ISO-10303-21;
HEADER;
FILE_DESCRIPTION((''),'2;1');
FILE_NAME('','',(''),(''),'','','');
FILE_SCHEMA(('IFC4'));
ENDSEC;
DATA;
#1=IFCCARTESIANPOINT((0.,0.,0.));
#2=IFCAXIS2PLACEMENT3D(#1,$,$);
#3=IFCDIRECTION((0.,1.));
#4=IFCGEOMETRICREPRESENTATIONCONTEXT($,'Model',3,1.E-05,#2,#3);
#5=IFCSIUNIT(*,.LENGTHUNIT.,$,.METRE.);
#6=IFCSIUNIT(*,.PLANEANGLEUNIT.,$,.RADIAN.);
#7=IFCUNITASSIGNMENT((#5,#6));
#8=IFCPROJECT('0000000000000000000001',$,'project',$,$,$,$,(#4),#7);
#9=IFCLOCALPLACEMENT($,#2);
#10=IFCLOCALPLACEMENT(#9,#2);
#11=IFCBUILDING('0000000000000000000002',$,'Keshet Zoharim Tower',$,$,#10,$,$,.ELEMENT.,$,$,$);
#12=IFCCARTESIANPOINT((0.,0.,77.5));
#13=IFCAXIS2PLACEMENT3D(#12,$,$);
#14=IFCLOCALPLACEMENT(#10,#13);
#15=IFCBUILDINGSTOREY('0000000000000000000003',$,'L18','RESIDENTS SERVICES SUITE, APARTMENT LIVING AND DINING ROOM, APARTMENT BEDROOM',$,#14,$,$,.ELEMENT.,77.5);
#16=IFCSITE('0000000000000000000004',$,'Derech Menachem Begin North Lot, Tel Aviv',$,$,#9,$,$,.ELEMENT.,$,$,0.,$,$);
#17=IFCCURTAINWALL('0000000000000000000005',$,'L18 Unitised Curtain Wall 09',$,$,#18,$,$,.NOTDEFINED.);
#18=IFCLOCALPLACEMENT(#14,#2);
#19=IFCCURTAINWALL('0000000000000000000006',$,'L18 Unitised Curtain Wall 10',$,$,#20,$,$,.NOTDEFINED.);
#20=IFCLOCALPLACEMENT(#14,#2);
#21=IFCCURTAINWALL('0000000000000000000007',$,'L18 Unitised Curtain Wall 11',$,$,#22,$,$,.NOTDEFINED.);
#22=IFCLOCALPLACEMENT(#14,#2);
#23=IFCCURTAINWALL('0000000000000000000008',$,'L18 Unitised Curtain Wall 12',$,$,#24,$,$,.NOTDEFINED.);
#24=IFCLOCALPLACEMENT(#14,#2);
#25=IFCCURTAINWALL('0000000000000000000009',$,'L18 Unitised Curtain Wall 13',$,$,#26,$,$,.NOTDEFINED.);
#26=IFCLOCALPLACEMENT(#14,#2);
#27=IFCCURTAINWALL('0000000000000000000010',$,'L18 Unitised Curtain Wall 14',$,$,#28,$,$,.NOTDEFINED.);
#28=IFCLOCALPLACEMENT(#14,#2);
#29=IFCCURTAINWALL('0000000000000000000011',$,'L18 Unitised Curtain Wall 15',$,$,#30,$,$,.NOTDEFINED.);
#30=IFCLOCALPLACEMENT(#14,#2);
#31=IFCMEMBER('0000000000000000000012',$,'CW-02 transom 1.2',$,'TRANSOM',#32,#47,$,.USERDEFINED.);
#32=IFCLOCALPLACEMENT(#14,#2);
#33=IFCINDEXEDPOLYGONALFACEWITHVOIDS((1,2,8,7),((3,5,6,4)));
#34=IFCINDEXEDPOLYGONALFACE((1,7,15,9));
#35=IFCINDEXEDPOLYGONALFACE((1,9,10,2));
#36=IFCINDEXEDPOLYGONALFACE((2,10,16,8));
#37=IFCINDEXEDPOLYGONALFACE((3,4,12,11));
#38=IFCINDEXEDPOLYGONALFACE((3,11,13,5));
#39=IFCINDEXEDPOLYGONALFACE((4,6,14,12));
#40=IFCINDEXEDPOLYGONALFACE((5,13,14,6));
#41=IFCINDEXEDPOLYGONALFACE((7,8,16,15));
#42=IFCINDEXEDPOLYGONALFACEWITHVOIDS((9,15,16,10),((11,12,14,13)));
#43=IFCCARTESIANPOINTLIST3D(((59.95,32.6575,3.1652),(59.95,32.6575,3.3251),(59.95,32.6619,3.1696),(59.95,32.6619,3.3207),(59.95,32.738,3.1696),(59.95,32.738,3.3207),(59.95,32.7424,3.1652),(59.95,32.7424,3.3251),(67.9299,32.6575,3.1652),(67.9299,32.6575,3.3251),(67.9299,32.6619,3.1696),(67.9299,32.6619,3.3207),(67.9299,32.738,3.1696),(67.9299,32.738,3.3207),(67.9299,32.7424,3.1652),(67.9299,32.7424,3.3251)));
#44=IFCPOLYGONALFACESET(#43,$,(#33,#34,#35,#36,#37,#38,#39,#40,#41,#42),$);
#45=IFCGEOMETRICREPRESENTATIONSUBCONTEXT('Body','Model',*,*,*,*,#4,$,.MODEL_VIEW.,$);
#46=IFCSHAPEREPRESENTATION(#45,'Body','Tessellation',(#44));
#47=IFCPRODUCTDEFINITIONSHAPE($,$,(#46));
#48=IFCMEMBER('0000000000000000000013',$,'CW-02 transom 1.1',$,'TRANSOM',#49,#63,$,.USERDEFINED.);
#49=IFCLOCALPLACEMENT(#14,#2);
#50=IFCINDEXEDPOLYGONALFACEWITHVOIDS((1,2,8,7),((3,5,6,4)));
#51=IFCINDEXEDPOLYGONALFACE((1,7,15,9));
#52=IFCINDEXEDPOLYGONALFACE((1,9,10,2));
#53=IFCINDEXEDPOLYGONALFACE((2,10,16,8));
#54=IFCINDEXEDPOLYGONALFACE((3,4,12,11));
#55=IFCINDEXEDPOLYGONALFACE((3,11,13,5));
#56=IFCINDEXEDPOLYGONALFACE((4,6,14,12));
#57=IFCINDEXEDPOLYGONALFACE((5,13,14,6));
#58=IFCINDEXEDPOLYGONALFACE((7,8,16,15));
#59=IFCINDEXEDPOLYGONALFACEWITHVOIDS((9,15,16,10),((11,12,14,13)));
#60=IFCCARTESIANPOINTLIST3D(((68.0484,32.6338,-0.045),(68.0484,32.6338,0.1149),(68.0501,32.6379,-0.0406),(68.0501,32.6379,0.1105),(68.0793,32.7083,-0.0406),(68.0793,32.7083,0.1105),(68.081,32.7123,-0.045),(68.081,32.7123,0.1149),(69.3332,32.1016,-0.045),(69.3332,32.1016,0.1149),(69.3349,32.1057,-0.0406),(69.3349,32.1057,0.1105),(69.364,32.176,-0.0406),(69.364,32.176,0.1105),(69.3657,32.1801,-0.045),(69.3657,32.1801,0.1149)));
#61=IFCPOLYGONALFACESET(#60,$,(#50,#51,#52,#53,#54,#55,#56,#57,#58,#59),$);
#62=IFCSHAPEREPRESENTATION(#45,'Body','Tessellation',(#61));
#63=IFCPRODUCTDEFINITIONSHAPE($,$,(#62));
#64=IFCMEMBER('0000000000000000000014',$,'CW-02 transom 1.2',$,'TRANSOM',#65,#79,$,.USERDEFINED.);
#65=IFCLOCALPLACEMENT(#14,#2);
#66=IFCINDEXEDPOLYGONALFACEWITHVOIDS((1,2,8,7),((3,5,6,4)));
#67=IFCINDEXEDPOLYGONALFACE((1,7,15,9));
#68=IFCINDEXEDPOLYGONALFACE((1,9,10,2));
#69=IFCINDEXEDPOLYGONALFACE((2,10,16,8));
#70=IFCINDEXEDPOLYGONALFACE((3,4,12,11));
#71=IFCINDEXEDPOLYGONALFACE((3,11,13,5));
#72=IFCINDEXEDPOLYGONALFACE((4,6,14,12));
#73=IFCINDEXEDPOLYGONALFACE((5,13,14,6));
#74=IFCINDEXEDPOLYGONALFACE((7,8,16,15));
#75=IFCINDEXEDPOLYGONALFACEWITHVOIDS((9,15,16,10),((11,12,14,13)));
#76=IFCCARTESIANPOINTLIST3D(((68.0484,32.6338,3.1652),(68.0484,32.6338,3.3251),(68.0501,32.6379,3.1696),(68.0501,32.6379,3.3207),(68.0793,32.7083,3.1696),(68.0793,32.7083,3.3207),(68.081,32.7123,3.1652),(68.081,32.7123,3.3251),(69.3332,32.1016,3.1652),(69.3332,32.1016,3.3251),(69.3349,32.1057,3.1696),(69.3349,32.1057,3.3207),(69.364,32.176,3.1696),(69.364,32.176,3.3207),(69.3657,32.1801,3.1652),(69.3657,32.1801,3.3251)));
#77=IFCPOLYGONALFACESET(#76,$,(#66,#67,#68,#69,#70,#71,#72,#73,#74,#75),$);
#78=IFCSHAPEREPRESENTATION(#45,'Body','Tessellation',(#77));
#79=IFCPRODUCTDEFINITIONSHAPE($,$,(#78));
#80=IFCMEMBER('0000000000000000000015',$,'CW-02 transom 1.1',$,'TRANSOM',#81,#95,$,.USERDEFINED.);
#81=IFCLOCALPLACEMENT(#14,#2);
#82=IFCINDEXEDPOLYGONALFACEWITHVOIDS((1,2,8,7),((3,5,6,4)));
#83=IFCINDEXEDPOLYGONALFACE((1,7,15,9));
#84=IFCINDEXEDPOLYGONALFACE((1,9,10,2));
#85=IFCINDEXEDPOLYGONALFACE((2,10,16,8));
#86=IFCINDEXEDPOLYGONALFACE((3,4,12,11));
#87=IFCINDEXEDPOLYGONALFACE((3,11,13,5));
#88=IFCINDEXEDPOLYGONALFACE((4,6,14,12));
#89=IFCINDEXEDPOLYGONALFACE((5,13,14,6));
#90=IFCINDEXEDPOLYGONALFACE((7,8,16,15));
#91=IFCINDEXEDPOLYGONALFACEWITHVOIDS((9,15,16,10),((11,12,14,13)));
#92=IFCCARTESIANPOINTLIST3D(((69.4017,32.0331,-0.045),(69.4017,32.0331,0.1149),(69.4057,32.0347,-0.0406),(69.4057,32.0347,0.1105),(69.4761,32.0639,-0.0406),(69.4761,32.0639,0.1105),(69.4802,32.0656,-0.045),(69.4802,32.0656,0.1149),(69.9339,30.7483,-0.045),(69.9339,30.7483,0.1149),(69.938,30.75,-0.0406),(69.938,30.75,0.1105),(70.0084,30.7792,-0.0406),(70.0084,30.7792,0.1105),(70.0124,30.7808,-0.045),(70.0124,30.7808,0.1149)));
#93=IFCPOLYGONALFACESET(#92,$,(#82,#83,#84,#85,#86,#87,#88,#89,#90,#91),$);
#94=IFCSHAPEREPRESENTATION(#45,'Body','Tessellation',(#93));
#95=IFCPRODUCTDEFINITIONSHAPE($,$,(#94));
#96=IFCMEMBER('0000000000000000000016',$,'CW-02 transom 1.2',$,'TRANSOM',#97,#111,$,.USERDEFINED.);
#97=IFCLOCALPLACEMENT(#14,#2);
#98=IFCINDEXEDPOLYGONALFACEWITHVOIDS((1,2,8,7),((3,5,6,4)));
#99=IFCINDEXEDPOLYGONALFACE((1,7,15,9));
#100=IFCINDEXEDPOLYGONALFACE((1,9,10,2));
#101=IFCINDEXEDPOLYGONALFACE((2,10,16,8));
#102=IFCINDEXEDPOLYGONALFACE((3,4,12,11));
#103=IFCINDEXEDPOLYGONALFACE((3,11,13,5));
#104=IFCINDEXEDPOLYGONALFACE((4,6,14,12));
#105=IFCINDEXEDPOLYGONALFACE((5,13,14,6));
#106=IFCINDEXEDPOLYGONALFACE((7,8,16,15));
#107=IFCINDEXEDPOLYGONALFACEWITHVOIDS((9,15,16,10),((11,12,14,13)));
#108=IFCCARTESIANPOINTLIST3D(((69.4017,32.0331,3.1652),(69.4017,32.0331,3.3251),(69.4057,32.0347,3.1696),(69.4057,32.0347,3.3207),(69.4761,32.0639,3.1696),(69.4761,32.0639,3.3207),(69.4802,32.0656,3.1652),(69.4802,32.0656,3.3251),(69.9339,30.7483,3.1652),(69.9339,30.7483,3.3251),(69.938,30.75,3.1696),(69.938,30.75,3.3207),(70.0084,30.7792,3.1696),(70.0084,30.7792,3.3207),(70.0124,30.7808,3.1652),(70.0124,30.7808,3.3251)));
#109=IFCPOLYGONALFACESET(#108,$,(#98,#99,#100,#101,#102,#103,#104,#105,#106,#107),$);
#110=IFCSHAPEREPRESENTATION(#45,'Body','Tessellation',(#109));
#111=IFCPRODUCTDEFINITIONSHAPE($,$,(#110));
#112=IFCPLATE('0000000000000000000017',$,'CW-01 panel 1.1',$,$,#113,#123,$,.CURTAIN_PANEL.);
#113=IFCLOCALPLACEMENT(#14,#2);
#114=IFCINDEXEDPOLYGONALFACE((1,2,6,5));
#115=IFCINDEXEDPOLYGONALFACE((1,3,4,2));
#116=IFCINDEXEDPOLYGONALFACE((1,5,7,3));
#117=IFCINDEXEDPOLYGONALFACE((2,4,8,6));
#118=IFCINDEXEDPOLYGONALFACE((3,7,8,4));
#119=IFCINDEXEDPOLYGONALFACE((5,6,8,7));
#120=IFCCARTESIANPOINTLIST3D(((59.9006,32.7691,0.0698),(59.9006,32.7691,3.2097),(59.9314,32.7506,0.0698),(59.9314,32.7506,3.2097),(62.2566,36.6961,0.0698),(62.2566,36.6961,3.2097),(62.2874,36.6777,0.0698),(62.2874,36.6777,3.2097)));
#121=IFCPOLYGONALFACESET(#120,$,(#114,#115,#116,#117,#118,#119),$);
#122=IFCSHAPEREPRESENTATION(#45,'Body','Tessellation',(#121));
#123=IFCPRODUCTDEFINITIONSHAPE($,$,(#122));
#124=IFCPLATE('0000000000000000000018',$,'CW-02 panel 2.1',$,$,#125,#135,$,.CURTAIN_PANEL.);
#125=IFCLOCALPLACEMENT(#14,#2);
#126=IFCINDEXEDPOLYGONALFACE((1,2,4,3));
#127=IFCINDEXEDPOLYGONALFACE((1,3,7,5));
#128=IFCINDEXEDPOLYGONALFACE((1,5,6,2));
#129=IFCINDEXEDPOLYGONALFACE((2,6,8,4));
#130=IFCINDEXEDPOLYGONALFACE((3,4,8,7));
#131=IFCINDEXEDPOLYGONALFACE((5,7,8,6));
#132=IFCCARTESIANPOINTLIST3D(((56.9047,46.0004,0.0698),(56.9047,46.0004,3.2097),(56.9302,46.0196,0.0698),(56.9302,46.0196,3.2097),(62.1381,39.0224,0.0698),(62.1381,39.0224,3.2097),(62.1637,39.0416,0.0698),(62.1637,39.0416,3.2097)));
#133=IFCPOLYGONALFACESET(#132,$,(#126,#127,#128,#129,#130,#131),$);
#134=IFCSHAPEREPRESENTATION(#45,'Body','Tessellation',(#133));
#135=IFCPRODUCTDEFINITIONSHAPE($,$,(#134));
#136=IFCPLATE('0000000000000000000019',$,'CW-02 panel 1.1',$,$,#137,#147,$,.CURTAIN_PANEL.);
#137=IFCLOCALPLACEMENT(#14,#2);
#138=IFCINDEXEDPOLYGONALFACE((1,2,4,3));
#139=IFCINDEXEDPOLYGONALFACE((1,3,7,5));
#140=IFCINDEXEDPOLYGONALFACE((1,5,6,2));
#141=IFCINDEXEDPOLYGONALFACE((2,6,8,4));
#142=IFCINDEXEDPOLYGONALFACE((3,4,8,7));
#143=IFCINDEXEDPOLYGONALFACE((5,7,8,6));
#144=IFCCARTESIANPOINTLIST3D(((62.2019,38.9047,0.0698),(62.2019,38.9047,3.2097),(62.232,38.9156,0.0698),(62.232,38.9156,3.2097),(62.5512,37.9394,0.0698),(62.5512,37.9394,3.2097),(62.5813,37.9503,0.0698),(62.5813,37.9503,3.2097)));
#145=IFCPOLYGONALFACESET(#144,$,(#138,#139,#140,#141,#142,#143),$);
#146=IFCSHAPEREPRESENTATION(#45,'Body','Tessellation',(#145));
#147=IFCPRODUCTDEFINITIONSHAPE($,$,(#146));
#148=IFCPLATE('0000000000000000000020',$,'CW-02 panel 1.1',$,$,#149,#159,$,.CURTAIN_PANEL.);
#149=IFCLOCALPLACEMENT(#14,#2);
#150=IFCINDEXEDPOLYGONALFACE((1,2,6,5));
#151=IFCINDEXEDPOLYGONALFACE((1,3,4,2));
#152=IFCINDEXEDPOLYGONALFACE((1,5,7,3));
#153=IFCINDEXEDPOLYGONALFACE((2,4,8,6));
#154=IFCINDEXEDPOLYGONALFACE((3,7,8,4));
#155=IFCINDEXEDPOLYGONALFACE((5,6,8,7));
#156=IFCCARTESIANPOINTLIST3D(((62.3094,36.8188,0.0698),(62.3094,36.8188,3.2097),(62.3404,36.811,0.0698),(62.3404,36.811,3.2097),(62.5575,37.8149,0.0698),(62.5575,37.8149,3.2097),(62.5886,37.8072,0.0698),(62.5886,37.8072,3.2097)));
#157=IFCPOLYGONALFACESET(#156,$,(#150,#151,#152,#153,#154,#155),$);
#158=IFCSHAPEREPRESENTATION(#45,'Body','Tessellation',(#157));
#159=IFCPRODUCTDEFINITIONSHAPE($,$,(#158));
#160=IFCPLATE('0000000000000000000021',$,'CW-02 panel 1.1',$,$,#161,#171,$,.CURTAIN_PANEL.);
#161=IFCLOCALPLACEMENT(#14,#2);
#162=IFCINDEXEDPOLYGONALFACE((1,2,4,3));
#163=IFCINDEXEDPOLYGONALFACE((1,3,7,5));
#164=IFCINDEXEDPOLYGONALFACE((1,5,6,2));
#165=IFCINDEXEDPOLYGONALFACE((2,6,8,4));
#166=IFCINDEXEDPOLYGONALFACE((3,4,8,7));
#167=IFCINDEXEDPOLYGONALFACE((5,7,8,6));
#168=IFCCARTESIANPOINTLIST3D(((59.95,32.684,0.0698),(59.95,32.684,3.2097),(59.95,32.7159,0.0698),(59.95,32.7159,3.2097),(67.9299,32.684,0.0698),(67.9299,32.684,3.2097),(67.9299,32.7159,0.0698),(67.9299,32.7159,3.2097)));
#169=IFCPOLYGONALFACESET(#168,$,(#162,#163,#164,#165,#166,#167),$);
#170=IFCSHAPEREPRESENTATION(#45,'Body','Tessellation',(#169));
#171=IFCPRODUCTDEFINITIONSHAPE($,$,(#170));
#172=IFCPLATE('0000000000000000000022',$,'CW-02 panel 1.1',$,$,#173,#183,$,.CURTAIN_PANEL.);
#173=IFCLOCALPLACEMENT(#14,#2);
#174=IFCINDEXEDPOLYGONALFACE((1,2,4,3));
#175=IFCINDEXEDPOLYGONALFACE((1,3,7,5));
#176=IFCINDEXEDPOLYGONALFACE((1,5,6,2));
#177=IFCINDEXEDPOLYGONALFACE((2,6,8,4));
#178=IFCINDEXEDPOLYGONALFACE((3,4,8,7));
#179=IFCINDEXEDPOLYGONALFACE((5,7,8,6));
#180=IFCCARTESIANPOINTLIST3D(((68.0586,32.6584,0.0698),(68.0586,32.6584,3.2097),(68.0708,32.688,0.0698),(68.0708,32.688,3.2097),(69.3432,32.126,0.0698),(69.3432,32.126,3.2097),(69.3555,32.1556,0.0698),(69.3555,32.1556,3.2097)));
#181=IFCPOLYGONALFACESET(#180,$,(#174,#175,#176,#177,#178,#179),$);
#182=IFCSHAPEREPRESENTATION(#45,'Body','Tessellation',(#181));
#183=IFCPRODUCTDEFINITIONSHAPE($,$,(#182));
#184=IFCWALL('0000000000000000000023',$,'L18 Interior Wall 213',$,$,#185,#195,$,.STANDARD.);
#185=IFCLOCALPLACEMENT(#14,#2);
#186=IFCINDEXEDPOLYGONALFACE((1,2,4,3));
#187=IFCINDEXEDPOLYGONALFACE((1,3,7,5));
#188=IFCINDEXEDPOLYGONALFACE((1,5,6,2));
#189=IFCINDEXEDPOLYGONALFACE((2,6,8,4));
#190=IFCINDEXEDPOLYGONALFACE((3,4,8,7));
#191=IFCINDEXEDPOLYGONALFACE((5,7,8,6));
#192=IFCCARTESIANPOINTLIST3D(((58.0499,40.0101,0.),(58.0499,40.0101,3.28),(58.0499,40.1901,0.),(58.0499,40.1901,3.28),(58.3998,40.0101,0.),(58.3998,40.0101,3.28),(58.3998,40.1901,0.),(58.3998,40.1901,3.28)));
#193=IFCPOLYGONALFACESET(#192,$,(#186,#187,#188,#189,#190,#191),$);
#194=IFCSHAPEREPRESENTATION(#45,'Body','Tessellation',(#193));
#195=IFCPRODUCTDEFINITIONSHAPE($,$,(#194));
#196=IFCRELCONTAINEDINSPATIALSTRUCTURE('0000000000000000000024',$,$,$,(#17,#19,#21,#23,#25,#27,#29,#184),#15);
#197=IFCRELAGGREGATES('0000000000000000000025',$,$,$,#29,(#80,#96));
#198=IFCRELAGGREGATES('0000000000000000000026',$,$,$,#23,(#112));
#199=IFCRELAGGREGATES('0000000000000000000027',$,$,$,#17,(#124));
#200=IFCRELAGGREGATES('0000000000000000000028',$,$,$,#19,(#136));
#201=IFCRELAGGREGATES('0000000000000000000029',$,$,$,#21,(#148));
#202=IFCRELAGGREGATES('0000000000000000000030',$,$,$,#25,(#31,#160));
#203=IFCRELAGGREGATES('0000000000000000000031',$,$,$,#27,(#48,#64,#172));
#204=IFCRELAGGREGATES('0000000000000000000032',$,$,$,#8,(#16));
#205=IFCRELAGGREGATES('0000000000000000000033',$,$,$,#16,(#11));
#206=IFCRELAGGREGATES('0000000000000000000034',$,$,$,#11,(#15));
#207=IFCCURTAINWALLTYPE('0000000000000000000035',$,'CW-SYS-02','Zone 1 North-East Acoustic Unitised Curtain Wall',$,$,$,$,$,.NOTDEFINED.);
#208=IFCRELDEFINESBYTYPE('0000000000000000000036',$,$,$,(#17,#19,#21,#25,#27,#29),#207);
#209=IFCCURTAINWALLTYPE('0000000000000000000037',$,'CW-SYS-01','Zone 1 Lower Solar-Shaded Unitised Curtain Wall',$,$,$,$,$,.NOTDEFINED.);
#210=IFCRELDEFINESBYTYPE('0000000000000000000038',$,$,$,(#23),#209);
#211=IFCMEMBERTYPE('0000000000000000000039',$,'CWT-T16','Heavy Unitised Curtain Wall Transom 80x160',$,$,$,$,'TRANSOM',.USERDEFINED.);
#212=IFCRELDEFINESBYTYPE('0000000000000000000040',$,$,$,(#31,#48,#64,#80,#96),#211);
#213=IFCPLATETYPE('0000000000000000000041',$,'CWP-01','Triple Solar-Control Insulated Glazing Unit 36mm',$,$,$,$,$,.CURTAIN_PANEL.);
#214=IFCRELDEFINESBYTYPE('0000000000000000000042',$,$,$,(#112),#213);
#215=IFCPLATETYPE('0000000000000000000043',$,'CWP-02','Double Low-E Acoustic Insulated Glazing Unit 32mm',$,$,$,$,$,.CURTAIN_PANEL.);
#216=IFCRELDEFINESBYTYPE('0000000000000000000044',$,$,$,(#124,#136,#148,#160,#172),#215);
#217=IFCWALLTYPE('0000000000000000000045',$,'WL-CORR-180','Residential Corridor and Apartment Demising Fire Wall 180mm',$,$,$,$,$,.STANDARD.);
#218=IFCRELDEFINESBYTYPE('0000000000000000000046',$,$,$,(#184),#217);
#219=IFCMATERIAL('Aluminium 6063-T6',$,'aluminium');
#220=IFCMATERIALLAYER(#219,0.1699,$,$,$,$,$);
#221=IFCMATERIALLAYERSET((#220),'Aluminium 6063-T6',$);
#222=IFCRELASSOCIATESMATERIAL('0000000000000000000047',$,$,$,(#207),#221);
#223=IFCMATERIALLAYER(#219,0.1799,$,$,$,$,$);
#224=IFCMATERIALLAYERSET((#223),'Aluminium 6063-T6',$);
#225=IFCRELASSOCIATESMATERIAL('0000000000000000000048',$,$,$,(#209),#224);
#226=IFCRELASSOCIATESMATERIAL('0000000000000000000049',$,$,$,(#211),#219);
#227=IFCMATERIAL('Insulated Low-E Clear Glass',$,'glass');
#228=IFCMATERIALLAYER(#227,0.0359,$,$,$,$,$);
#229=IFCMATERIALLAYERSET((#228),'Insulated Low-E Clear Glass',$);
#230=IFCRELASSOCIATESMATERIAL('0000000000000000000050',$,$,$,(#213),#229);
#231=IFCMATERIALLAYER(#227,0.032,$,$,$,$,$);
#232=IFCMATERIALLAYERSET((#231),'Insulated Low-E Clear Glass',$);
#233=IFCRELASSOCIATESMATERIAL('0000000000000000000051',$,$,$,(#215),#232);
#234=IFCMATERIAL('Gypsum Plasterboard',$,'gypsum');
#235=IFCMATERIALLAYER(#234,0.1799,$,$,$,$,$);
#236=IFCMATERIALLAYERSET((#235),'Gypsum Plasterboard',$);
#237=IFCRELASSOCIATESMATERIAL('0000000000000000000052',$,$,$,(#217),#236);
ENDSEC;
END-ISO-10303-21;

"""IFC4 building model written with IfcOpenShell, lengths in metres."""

from ifc_helpers import new_model, si_unit, direction, frame, frame_2d, origin, origin_2d, place, context, subcontext, project, spatial, rectangle, hollow_rectangle, extrude, material, layer, layer_set, material_profile, profile_set, type_object, element, aggregate, save


model = new_model("IFC4")

# Units and contexts
model_context = context("Model", 3, precision=1e-05, world=origin(), true_north=direction((0.0, 1.0)))
body_context = subcontext(model_context, "Body", "Model", "MODEL_VIEW")
ifc_project = project(units=[si_unit("LENGTHUNIT", "METRE"), si_unit("PLANEANGLEUNIT", "RADIAN")], contexts=[model_context])

# Site, building, storey
site_placement = place(None, origin())
site = spatial("IfcSite", under=ifc_project, at=site_placement, Name="Derech Menachem Begin North Lot, Tel Aviv", CompositionType="ELEMENT", RefElevation=0.0)
building_placement = place(site_placement, origin())
building = spatial("IfcBuilding", under=site, at=building_placement, Name="Keshet Zoharim Tower", CompositionType="ELEMENT")
storey_placement = place(building_placement, frame((0.0, 0.0, 77.5)))
storey = spatial("IfcBuildingStorey", under=building, at=storey_placement, Name="L18", Description="RESIDENTS SERVICES SUITE, APARTMENT LIVING AND DINING ROOM, APARTMENT BEDROOM", CompositionType="ELEMENT", Elevation=77.5)

# Curtain wall
ifc_material_1 = material(Name="Aluminium 6063-T6", Category="aluminium")
ifc_layer_1 = layer(ifc_material_1, 0.1699)
ifc_layer_set_1 = layer_set([ifc_layer_1], Name="Aluminium 6063-T6")
curtain_wall_type_1 = type_object("IfcCurtainWallType", Name="CW-SYS-02", Description="Zone 1 North-East Acoustic Unitised Curtain Wall", PredefinedType="NOTDEFINED", material=ifc_layer_set_1)
curtain_wall_1_placement = place(storey_placement, origin())
curtain_wall_1 = element("IfcCurtainWall", 1, at=curtain_wall_1_placement, inside=storey, type_object=curtain_wall_type_1, Name="L18 Unitised Curtain Wall 09", PredefinedType="NOTDEFINED")

# Curtain walls
curtain_wall_2_placement = place(storey_placement, origin())
curtain_wall_2 = element("IfcCurtainWall", 2, at=curtain_wall_2_placement, inside=storey, type_object=curtain_wall_type_1, Name="L18 Unitised Curtain Wall 10", PredefinedType="NOTDEFINED")
curtain_wall_3_placement = place(storey_placement, origin())
curtain_wall_3 = element("IfcCurtainWall", 3, at=curtain_wall_3_placement, inside=storey, type_object=curtain_wall_type_1, Name="L18 Unitised Curtain Wall 11", PredefinedType="NOTDEFINED")
ifc_layer_2 = layer(ifc_material_1, 0.1799)
ifc_layer_set_2 = layer_set([ifc_layer_2], Name="Aluminium 6063-T6")
curtain_wall_type_2 = type_object("IfcCurtainWallType", Name="CW-SYS-01", Description="Zone 1 Lower Solar-Shaded Unitised Curtain Wall", PredefinedType="NOTDEFINED", material=ifc_layer_set_2)
curtain_wall_4_placement = place(storey_placement, origin())
curtain_wall_4 = element("IfcCurtainWall", 4, at=curtain_wall_4_placement, inside=storey, type_object=curtain_wall_type_2, Name="L18 Unitised Curtain Wall 12", PredefinedType="NOTDEFINED")
curtain_wall_5_placement = place(storey_placement, origin())
curtain_wall_5 = element("IfcCurtainWall", 5, at=curtain_wall_5_placement, inside=storey, type_object=curtain_wall_type_1, Name="L18 Unitised Curtain Wall 13", PredefinedType="NOTDEFINED")
curtain_wall_6_placement = place(storey_placement, origin())
curtain_wall_6 = element("IfcCurtainWall", 6, at=curtain_wall_6_placement, inside=storey, type_object=curtain_wall_type_1, Name="L18 Unitised Curtain Wall 14", PredefinedType="NOTDEFINED")

# Curtain wall
curtain_wall_7_placement = place(storey_placement, origin())
curtain_wall_7 = element("IfcCurtainWall", 7, at=curtain_wall_7_placement, inside=storey, type_object=curtain_wall_type_1, Name="L18 Unitised Curtain Wall 15", PredefinedType="NOTDEFINED")

# Members
ifc_material_profile_1 = material_profile(ifc_material_1, hollow_rectangle(XDim=0.085, YDim=0.1599, WallThickness=0.0044, at=origin_2d()), Name="TRN-85x160")
ifc_profile_set_1 = profile_set([ifc_material_profile_1], Name="Aluminium 6063-T6")
member_type_1 = type_object("IfcMemberType", Name="CWT-T16", Description="Heavy Unitised Curtain Wall Transom 80x160", ElementType="TRANSOM", PredefinedType="USERDEFINED", material=ifc_profile_set_1)
member_1_placement = place(storey_placement, frame((59.95, 32.7, 3.2451), z_axis=(1.0, 0.0, 0.0), x_axis=(0.0, 1.0, 0.0)))
member_1 = element("IfcMember", 8, at=member_1_placement, type_object=member_type_1, Name="CW-02 transom 1.2", ObjectType="TRANSOM", PredefinedType="USERDEFINED", context=body_context, shape_type="SweptSolid", body=[
    extrude(hollow_rectangle(XDim=0.085, YDim=0.1599, WallThickness=0.0044, at=origin_2d()), origin(), (0.0, 0.0, 1.0), 7.98),
])
member_2_placement = place(storey_placement, frame((68.0647, 32.6731, 0.0349), z_axis=(0.923854, -0.382745, 0.0), x_axis=(0.382745, 0.923854, 0.0)))
member_2 = element("IfcMember", 9, at=member_2_placement, type_object=member_type_1, Name="CW-02 transom 1.1", ObjectType="TRANSOM", PredefinedType="USERDEFINED", context=body_context, shape_type="SweptSolid", body=[
    extrude(hollow_rectangle(XDim=0.085, YDim=0.1599, WallThickness=0.0044, at=origin_2d()), origin(), (0.0, 0.0, 1.0), 1.3906),
])
member_3_placement = place(storey_placement, frame((68.0647, 32.6731, 3.2451), z_axis=(0.923854, -0.382745, 0.0), x_axis=(0.382745, 0.923854, 0.0)))
member_3 = element("IfcMember", 10, at=member_3_placement, type_object=member_type_1, Name="CW-02 transom 1.2", ObjectType="TRANSOM", PredefinedType="USERDEFINED", context=body_context, shape_type="SweptSolid", body=[
    extrude(hollow_rectangle(XDim=0.085, YDim=0.1599, WallThickness=0.0044, at=origin_2d()), origin(), (0.0, 0.0, 1.0), 1.3906),
])
member_4_placement = place(storey_placement, frame((69.4409, 32.0493, 0.0349), z_axis=(0.382745, -0.923854, 0.0), x_axis=(0.923854, 0.382745, 0.0)))
member_4 = element("IfcMember", 11, at=member_4_placement, type_object=member_type_1, Name="CW-02 transom 1.1", ObjectType="TRANSOM", PredefinedType="USERDEFINED", context=body_context, shape_type="SweptSolid", body=[
    extrude(hollow_rectangle(XDim=0.085, YDim=0.1599, WallThickness=0.0044, at=origin_2d()), origin(), (0.0, 0.0, 1.0), 1.3906),
])
member_5_placement = place(storey_placement, frame((69.4409, 32.0493, 3.2451), z_axis=(0.382745, -0.923854, 0.0), x_axis=(0.923854, 0.382745, 0.0)))
member_5 = element("IfcMember", 12, at=member_5_placement, type_object=member_type_1, Name="CW-02 transom 1.2", ObjectType="TRANSOM", PredefinedType="USERDEFINED", context=body_context, shape_type="SweptSolid", body=[
    extrude(hollow_rectangle(XDim=0.085, YDim=0.1599, WallThickness=0.0044, at=origin_2d()), origin(), (0.0, 0.0, 1.0), 1.3906),
])
aggregate(curtain_wall_7, [member_4, member_5])

# Plates
ifc_material_2 = material(Name="Insulated Low-E Clear Glass", Category="glass")
ifc_layer_3 = layer(ifc_material_2, 0.0359)
ifc_layer_set_3 = layer_set([ifc_layer_3], Name="Insulated Low-E Clear Glass")
plate_type_1 = type_object("IfcPlateType", Name="CWP-01", Description="Triple Solar-Control Insulated Glazing Unit 36mm", PredefinedType="CURTAIN_PANEL", material=ifc_layer_set_3)
plate_1_placement = place(storey_placement, frame((61.094, 34.7234, 0.0698), z_axis=(0.0, 0.0, 1.0), x_axis=(-0.514465, -0.857512, 0.0)))
plate_1 = element("IfcPlate", 13, at=plate_1_placement, type_object=plate_type_1, Name="CW-01 panel 1.1", PredefinedType="CURTAIN_PANEL", context=body_context, shape_type="SweptSolid", body=[
    extrude(rectangle(XDim=4.5796, YDim=0.0359, at=origin_2d()), origin(), (0.0, 0.0, 1.0), 3.1399),
])
aggregate(curtain_wall_4, [plate_1])
ifc_layer_4 = layer(ifc_material_2, 0.032)
ifc_layer_set_4 = layer_set([ifc_layer_4], Name="Insulated Low-E Clear Glass")
plate_type_2 = type_object("IfcPlateType", Name="CWP-02", Description="Double Low-E Acoustic Insulated Glazing Unit 32mm", PredefinedType="CURTAIN_PANEL", material=ifc_layer_set_4)
plate_2_placement = place(storey_placement, frame((59.5342, 42.521, 0.0698), z_axis=(0.0, 0.0, 1.0), x_axis=(0.6, -0.8, 0.0)))
plate_2 = element("IfcPlate", 14, at=plate_2_placement, type_object=plate_type_2, Name="CW-02 panel 2.1", PredefinedType="CURTAIN_PANEL", context=body_context, shape_type="SweptSolid", body=[
    extrude(rectangle(XDim=8.7224, YDim=0.032, at=origin_2d()), origin(), (0.0, 0.0, 1.0), 3.1399),
])
aggregate(curtain_wall_1, [plate_2])
plate_3_placement = place(storey_placement, frame((62.3916, 38.4275, 0.0698), z_axis=(0.0, 0.0, 1.0), x_axis=(0.340297, -0.940318, 0.0)))
plate_3 = element("IfcPlate", 15, at=plate_3_placement, type_object=plate_type_2, Name="CW-02 panel 1.1", PredefinedType="CURTAIN_PANEL", context=body_context, shape_type="SweptSolid", body=[
    extrude(rectangle(XDim=1.0266, YDim=0.032, at=origin_2d()), origin(), (0.0, 0.0, 1.0), 3.1399),
])
aggregate(curtain_wall_2, [plate_3])
plate_4_placement = place(storey_placement, frame((62.449, 37.313, 0.0698), z_axis=(0.0, 0.0, 1.0), x_axis=(-0.241729, -0.970344, 0.0)))
plate_4 = element("IfcPlate", 16, at=plate_4_placement, type_object=plate_type_2, Name="CW-02 panel 1.1", PredefinedType="CURTAIN_PANEL", context=body_context, shape_type="SweptSolid", body=[
    extrude(rectangle(XDim=1.0266, YDim=0.032, at=origin_2d()), origin(), (0.0, 0.0, 1.0), 3.1399),
])
aggregate(curtain_wall_3, [plate_4])
plate_5_placement = place(storey_placement, frame((63.9399, 32.7, 0.0698), z_axis=(0.0, 0.0, 1.0), x_axis=(1.0, 0.0, 0.0)))
plate_5 = element("IfcPlate", 17, at=plate_5_placement, type_object=plate_type_2, Name="CW-02 panel 1.1", PredefinedType="CURTAIN_PANEL", context=body_context, shape_type="SweptSolid", body=[
    extrude(rectangle(XDim=7.98, YDim=0.032, at=origin_2d()), origin(), (0.0, 0.0, 1.0), 3.1399),
])
aggregate(curtain_wall_5, [member_1, plate_5])
plate_6_placement = place(storey_placement, frame((68.707, 32.407, 0.0698), z_axis=(0.0, 0.0, 1.0), x_axis=(0.92381, -0.382852, 0.0)))
plate_6 = element("IfcPlate", 18, at=plate_6_placement, type_object=plate_type_2, Name="CW-02 panel 1.1", PredefinedType="CURTAIN_PANEL", context=body_context, shape_type="SweptSolid", body=[
    extrude(rectangle(XDim=1.3906, YDim=0.032, at=origin_2d()), origin(), (0.0, 0.0, 1.0), 3.1399),
])
aggregate(curtain_wall_6, [member_2, member_3, plate_6])

# Wall
ifc_material_3 = material(Name="Gypsum Plasterboard", Category="gypsum")
ifc_layer_5 = layer(ifc_material_3, 0.1799)
ifc_layer_set_5 = layer_set([ifc_layer_5], Name="Gypsum Plasterboard")
wall_type_1 = type_object("IfcWallType", Name="WL-CORR-180", Description="Residential Corridor and Apartment Demising Fire Wall 180mm", PredefinedType="STANDARD", material=ifc_layer_set_5)
wall_1_placement = place(storey_placement, frame((58.05, 40.1001, 0.0), z_axis=(0.0, 0.0, 1.0), x_axis=(1.0, 0.0, 0.0)))
element("IfcWall", 19, at=wall_1_placement, inside=storey, type_object=wall_type_1, Name="L18 Interior Wall 213", PredefinedType="STANDARD", context=body_context, shape_type="SweptSolid", body=[
    extrude(rectangle(XDim=0.3499, YDim=0.1799, at=frame_2d((0.1748, 0.0))), origin(), (0.0, 0.0, 1.0), 3.28),
])

save(model, "model.ifc")
